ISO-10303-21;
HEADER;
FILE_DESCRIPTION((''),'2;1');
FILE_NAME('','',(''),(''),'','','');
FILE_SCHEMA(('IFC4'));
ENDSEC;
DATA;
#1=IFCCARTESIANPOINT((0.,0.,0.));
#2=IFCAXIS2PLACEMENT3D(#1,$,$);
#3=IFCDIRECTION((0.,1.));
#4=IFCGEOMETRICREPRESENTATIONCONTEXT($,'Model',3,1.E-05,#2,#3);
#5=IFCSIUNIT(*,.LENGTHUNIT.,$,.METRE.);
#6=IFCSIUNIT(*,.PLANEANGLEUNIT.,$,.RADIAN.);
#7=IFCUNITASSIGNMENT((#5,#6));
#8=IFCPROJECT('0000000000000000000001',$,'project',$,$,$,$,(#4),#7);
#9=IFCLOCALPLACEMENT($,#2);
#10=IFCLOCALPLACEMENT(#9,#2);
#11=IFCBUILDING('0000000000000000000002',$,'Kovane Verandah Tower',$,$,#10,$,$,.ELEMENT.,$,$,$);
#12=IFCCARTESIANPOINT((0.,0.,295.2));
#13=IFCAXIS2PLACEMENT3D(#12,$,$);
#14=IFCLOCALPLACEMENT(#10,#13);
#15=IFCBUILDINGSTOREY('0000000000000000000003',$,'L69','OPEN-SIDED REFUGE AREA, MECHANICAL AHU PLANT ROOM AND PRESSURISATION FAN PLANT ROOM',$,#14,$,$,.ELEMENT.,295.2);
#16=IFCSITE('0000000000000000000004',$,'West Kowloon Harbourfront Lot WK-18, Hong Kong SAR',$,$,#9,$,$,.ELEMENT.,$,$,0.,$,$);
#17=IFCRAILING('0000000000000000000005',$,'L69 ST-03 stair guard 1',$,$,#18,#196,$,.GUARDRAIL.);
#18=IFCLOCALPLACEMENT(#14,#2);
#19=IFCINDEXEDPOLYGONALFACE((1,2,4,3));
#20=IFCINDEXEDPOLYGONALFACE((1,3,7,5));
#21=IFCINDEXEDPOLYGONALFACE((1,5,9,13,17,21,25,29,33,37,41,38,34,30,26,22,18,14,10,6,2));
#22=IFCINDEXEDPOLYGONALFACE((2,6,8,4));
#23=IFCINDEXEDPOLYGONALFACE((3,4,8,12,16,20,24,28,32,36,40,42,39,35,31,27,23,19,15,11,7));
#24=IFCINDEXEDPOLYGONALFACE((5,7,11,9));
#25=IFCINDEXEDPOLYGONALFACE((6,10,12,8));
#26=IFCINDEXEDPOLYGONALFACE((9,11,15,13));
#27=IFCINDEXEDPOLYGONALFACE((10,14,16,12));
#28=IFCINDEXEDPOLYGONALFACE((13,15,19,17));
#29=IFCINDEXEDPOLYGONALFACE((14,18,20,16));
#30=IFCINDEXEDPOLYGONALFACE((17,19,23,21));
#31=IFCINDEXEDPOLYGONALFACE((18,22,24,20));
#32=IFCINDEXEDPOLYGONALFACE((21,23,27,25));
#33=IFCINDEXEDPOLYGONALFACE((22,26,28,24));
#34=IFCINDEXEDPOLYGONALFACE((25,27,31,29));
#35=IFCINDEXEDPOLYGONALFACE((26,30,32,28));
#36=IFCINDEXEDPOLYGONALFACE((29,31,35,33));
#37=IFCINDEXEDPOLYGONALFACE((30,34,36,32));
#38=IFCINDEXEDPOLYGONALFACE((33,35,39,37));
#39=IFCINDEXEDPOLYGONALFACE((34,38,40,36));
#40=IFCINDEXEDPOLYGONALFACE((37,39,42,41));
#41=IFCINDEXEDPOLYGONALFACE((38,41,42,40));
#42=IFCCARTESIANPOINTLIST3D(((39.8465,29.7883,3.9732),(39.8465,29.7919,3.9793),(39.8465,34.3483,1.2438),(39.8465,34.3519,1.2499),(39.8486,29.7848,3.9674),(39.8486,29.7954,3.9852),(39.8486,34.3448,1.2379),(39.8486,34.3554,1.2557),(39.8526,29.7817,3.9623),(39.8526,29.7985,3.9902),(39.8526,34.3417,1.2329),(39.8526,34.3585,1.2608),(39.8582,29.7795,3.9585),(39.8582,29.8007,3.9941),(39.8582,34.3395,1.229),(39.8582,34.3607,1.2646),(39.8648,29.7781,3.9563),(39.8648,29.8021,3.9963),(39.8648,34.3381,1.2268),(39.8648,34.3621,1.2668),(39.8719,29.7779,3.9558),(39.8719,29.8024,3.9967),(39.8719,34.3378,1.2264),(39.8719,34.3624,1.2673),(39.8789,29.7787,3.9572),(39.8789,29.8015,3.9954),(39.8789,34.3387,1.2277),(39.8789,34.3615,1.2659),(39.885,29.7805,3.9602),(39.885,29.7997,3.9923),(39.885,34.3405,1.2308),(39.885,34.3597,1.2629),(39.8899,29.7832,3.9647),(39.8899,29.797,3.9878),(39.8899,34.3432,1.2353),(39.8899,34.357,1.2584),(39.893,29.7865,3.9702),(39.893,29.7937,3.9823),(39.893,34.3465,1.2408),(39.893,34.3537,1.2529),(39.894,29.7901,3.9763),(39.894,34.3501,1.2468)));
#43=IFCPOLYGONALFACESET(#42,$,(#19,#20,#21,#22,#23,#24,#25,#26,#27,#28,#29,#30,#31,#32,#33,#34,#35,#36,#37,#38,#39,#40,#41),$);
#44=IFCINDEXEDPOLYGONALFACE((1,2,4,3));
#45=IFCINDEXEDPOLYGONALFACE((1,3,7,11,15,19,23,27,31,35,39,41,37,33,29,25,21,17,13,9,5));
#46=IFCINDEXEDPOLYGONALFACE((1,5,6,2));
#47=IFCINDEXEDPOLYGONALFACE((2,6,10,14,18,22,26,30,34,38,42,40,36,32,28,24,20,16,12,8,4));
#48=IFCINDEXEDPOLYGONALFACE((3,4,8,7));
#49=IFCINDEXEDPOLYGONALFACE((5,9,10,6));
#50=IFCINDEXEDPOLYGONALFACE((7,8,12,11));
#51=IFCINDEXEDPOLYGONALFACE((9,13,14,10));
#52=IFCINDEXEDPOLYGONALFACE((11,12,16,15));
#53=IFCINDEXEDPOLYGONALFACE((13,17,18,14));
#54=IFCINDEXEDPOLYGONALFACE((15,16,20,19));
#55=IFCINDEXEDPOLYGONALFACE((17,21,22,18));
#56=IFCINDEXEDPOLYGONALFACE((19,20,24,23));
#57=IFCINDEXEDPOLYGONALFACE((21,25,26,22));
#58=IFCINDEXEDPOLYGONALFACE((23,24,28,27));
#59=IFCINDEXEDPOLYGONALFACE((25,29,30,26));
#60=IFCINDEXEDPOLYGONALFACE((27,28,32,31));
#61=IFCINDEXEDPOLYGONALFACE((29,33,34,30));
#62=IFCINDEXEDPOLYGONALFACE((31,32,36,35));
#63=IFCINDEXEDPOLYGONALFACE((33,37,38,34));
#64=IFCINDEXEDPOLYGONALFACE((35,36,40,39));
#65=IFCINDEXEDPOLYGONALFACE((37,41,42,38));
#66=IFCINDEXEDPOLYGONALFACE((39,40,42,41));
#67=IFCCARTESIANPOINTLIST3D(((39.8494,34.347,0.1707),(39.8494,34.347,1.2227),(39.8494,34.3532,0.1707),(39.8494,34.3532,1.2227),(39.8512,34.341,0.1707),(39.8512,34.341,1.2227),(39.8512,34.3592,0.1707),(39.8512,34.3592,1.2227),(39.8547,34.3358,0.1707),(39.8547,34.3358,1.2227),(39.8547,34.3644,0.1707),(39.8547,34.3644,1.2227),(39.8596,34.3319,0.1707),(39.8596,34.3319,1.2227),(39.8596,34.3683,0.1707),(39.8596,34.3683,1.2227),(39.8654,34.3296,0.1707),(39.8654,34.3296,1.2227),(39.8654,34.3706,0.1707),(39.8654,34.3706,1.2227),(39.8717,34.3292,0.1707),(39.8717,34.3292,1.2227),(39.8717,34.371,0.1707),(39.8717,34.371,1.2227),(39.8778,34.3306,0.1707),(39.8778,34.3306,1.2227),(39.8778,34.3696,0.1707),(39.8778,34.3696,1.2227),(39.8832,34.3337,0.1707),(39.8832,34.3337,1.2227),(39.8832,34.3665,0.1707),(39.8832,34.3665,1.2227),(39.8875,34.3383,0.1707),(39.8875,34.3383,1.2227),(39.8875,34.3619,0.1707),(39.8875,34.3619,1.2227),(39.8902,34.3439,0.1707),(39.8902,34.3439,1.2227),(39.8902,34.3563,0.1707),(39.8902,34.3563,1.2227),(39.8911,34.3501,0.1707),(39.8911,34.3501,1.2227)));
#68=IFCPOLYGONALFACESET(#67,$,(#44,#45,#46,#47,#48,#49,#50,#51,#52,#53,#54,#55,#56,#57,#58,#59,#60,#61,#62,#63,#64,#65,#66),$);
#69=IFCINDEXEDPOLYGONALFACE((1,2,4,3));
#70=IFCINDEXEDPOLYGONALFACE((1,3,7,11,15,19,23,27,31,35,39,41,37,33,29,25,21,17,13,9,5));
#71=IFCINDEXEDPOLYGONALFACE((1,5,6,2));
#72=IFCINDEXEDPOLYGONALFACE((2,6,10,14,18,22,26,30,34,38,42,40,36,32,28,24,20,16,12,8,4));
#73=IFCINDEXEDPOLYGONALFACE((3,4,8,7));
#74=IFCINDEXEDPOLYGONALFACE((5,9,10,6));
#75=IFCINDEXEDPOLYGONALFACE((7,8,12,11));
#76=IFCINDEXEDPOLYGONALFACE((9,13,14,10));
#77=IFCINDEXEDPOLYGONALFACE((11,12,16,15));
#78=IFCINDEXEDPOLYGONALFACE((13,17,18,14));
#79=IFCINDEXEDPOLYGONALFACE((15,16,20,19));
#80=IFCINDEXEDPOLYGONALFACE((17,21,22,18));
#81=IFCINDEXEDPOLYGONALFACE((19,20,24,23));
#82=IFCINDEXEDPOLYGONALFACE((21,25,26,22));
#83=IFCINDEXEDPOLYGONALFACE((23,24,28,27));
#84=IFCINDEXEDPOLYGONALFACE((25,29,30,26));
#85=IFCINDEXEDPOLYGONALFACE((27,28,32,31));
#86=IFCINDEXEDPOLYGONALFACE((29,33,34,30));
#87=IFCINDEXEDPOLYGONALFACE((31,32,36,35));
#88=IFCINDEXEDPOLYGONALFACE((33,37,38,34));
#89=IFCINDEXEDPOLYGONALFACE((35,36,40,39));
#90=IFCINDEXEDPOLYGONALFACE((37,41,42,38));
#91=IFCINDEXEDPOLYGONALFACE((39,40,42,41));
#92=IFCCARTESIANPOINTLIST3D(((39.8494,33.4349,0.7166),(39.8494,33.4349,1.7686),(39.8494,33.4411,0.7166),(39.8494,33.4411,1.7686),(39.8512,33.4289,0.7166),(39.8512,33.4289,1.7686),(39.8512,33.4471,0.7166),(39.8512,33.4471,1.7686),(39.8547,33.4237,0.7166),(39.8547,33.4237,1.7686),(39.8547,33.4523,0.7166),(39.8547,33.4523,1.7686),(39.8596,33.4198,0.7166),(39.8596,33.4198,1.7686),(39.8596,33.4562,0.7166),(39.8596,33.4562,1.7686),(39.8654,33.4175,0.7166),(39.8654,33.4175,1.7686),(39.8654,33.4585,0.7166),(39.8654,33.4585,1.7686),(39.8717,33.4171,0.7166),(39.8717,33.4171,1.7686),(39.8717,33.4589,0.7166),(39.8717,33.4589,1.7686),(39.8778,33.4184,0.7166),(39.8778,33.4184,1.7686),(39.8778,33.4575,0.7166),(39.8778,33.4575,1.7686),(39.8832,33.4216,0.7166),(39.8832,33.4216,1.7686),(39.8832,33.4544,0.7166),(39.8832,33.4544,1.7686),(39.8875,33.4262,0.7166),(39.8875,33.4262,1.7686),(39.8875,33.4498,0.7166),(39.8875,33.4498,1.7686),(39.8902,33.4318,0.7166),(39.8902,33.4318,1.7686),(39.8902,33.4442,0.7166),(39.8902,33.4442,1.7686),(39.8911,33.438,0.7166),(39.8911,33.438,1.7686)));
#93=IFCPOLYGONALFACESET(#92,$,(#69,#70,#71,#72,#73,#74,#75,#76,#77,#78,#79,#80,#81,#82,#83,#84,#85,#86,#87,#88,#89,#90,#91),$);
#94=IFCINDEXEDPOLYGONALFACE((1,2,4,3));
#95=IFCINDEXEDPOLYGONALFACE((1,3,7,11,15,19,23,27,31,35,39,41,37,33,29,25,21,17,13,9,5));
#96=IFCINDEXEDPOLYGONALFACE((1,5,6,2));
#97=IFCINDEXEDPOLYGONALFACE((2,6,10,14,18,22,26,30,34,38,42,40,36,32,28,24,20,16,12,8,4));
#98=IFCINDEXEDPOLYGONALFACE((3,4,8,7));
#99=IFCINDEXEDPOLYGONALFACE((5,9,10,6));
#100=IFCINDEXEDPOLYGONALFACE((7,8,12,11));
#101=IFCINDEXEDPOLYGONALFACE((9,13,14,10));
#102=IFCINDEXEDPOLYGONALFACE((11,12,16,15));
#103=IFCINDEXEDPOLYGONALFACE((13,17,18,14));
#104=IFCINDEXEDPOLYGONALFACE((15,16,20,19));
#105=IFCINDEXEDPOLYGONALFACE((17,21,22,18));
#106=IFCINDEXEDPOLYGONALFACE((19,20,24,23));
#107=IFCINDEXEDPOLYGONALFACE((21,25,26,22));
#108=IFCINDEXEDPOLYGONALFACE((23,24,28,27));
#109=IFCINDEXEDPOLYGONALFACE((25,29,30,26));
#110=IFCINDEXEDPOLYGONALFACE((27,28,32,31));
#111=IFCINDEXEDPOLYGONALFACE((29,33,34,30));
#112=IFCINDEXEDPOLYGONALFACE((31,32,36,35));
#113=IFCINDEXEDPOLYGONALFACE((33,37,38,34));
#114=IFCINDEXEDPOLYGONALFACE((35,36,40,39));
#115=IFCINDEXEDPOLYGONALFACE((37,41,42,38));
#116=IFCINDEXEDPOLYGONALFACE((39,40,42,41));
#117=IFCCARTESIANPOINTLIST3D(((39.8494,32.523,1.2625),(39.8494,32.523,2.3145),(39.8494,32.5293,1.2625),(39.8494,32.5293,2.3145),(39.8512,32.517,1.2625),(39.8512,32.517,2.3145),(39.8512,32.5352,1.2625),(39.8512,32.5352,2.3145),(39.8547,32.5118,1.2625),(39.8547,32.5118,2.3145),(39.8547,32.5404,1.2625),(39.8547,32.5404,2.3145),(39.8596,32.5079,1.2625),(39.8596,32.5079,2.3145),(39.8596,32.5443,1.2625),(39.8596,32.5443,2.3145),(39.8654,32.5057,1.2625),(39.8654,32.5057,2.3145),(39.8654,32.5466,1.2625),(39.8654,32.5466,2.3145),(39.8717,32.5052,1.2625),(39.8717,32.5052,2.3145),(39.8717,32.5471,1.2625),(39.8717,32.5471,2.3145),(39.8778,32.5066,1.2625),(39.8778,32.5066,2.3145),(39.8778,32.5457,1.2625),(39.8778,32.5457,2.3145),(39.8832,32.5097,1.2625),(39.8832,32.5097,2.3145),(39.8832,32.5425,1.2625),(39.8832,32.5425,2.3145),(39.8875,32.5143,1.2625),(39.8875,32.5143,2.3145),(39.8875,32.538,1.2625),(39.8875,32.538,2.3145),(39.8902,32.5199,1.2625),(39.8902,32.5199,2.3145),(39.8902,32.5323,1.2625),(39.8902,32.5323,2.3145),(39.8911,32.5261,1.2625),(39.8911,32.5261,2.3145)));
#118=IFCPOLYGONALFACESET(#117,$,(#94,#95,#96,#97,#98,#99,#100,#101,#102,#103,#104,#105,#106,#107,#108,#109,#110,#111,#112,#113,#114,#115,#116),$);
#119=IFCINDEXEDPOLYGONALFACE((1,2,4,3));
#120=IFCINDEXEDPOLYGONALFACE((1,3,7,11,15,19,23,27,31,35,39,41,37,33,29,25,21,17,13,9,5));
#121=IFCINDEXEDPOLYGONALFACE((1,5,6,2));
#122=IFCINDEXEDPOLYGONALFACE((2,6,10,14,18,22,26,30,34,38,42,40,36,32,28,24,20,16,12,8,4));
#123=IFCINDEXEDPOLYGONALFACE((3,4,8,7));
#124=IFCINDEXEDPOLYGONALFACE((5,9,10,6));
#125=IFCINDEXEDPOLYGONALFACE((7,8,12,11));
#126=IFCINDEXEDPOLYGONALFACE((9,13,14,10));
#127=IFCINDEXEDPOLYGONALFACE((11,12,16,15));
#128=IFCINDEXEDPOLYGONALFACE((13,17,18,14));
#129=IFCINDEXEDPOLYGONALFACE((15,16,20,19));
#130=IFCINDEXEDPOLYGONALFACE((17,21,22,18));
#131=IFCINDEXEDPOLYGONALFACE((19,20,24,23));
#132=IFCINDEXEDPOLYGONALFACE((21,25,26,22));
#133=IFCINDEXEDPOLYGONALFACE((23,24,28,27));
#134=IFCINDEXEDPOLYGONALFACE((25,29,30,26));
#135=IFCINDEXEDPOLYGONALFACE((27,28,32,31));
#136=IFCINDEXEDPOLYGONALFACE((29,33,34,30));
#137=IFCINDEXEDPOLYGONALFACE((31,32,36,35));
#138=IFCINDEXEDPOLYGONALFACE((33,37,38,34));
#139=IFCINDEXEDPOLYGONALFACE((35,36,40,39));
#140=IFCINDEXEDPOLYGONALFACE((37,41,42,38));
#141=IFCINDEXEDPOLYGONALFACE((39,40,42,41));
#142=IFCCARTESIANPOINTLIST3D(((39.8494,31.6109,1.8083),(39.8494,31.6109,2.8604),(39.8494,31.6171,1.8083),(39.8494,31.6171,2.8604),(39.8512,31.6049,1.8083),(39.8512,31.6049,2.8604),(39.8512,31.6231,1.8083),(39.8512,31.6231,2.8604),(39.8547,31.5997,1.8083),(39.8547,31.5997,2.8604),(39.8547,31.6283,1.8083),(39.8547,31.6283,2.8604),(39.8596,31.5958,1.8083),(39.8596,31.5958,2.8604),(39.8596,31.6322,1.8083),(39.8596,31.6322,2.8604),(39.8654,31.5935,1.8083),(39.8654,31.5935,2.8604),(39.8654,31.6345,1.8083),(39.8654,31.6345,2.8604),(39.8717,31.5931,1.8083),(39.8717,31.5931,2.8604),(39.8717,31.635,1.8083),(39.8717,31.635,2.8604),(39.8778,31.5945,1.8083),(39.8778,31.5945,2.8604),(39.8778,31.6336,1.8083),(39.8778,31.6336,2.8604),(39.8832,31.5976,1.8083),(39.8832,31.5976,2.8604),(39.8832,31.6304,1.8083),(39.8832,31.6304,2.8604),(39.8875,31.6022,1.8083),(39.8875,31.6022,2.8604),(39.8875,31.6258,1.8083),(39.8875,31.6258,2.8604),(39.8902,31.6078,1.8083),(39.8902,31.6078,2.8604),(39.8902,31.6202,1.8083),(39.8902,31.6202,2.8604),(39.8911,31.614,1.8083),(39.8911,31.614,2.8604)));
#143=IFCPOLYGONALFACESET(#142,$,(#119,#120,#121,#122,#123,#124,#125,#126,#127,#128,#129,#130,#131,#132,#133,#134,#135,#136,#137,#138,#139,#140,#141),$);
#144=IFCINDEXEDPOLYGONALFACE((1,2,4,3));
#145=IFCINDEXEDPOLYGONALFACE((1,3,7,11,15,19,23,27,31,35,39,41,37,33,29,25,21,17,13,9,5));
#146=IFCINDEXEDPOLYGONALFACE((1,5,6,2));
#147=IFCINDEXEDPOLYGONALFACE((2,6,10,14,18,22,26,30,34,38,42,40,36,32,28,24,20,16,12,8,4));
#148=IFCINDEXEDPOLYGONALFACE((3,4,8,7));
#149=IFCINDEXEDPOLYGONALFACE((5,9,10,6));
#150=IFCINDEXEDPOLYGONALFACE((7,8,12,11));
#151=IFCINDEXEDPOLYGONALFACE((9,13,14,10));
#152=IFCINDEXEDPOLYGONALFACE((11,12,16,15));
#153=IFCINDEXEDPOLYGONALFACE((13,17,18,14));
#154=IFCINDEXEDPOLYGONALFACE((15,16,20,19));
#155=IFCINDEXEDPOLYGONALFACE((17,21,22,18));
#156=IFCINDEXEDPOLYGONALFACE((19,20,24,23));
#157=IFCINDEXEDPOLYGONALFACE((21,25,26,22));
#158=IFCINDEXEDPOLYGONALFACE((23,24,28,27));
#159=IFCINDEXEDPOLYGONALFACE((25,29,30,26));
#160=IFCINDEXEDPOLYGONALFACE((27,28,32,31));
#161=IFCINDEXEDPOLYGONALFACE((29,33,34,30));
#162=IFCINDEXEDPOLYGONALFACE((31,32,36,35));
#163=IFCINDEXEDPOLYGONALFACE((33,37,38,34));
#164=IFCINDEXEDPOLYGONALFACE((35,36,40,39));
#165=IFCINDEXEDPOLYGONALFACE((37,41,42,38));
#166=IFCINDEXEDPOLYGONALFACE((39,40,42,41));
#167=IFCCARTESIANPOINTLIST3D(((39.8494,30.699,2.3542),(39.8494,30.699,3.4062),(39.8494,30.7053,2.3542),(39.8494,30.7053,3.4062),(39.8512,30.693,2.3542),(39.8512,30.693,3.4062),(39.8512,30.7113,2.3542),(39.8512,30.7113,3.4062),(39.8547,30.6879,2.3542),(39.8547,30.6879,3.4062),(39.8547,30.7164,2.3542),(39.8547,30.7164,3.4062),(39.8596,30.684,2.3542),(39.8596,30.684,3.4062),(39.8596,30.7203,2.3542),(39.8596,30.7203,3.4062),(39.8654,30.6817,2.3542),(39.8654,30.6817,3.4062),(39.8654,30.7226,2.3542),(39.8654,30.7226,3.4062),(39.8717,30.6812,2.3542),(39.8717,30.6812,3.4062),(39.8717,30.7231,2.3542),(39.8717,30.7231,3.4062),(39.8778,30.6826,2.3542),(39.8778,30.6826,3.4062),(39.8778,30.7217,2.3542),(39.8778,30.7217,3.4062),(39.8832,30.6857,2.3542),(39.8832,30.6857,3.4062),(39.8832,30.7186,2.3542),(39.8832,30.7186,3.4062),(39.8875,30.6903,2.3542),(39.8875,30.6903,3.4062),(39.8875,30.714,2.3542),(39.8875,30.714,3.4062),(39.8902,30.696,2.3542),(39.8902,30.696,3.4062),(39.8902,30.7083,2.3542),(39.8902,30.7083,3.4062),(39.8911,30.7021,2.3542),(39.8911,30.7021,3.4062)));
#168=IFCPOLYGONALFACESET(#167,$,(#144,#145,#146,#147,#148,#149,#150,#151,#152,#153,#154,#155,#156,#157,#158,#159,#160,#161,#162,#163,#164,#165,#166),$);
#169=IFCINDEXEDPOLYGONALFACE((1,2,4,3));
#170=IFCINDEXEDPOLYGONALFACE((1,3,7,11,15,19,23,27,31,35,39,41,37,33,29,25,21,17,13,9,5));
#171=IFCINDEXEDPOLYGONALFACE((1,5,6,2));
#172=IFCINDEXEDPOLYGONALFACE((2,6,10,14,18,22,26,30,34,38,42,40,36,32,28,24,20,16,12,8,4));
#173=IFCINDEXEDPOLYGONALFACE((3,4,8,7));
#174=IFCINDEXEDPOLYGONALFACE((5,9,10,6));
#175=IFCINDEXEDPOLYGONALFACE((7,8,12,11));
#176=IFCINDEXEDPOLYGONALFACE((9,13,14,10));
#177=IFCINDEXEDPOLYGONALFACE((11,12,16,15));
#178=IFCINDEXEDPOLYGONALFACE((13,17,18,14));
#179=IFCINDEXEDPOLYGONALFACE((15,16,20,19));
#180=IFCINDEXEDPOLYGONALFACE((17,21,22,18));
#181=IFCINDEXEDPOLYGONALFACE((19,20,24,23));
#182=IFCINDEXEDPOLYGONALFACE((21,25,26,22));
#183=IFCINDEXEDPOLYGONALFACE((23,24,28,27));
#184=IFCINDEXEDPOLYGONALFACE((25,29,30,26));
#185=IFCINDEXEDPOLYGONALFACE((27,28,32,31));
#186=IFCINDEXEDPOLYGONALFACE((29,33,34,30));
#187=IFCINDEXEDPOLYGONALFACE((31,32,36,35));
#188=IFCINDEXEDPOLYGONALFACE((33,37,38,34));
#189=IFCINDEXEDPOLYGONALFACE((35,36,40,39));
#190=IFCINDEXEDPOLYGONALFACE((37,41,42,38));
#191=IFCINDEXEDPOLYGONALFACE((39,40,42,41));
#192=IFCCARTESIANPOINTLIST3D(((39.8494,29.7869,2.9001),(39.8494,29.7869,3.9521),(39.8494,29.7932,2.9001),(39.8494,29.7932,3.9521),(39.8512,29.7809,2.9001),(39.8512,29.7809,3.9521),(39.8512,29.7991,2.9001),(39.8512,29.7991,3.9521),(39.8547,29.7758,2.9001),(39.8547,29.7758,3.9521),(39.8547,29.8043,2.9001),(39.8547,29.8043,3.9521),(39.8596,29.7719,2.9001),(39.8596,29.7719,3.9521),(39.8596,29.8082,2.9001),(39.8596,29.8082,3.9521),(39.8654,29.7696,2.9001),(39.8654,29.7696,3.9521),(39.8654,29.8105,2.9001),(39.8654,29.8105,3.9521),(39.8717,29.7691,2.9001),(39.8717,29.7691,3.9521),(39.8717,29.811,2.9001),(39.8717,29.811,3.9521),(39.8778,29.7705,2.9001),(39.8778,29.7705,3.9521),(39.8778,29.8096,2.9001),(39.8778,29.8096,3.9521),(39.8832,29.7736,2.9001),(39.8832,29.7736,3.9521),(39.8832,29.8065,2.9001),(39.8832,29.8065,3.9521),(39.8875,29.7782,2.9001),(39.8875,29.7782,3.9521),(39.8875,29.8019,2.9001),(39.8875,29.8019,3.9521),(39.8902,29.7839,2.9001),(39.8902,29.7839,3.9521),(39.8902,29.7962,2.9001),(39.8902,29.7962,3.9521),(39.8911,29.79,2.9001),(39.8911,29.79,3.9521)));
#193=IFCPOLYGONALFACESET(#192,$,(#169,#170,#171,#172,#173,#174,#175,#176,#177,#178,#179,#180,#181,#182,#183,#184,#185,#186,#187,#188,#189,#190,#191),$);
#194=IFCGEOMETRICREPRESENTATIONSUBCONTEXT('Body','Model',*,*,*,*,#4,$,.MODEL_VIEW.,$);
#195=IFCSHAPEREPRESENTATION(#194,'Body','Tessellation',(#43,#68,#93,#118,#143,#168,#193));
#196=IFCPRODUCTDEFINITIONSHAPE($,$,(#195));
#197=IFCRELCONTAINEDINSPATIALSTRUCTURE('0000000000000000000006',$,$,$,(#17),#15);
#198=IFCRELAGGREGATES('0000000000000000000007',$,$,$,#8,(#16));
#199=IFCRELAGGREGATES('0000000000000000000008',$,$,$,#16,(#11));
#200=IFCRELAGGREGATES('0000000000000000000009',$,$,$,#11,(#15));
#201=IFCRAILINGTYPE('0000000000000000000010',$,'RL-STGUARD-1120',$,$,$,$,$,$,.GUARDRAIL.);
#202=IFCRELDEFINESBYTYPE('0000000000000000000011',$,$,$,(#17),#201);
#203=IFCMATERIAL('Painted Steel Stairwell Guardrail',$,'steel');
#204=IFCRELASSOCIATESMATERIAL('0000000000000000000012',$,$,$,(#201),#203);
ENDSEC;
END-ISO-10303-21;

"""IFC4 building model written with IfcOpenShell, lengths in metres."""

from ifc_helpers import new_model, si_unit, direction, frame, origin, origin_2d, place, context, subcontext, project, spatial, circle, extrude, material, type_object, element, save


model = new_model("IFC4")

# Units and contexts
model_context = context("Model", 3, precision=1e-05, world=origin(), true_north=direction((0.0, 1.0)))
body_context = subcontext(model_context, "Body", "Model", "MODEL_VIEW")
ifc_project = project(units=[si_unit("LENGTHUNIT", "METRE"), si_unit("PLANEANGLEUNIT", "RADIAN")], contexts=[model_context])

# Site, building, storey
site_placement = place(None, origin())
site = spatial("IfcSite", under=ifc_project, at=site_placement, Name="West Kowloon Harbourfront Lot WK-18, Hong Kong SAR", CompositionType="ELEMENT", RefElevation=0.0)
building_placement = place(site_placement, origin())
building = spatial("IfcBuilding", under=site, at=building_placement, Name="Kovane Verandah Tower", CompositionType="ELEMENT")
storey_placement = place(building_placement, frame((0.0, 0.0, 295.2)))
storey = spatial("IfcBuildingStorey", under=building, at=storey_placement, Name="L69", Description="OPEN-SIDED REFUGE AREA, MECHANICAL AHU PLANT ROOM AND PRESSURISATION FAN PLANT ROOM", CompositionType="ELEMENT", Elevation=295.2)

# Railing
ifc_material_1 = material(Name="Painted Steel Stairwell Guardrail", Category="steel")
railing_type_1 = type_object("IfcRailingType", Name="RL-STGUARD-1120", PredefinedType="GUARDRAIL", material=ifc_material_1)
railing_1_placement = place(storey_placement, frame((39.8701, 34.3501, 0.1707)))
element("IfcRailing", 1, at=railing_1_placement, inside=storey, type_object=railing_type_1, Name="L69 ST-03 stair guard 1", PredefinedType="GUARDRAIL", context=body_context, shape_type="SweptSolid", body=[
    extrude(circle(Radius=0.0239, at=origin_2d()), frame((0.0, 0.0, 1.0762), z_axis=(0.0, -0.858036, 0.51359), x_axis=(1.0, 0.0, 0.0)), (0.0, 0.0, 1.0), 5.3145),
    extrude(circle(Radius=0.021, at=origin_2d()), origin(), (0.0, 0.0, 1.0), 1.052),
    extrude(circle(Radius=0.021, at=origin_2d()), frame((0.0, -0.9121, 0.5459)), (0.0, 0.0, 1.0), 1.052),
    extrude(circle(Radius=0.021, at=origin_2d()), frame((0.0, -1.824, 1.0918)), (0.0, 0.0, 1.0), 1.052),
    extrude(circle(Radius=0.021, at=origin_2d()), frame((0.0, -2.7361, 1.6377)), (0.0, 0.0, 1.0), 1.052),
    extrude(circle(Radius=0.021, at=origin_2d()), frame((0.0, -3.6479, 2.1836)), (0.0, 0.0, 1.0), 1.052),
    extrude(circle(Radius=0.021, at=origin_2d()), frame((0.0, -4.5601, 2.7295)), (0.0, 0.0, 1.0), 1.052),
])

save(model, "model.ifc")
